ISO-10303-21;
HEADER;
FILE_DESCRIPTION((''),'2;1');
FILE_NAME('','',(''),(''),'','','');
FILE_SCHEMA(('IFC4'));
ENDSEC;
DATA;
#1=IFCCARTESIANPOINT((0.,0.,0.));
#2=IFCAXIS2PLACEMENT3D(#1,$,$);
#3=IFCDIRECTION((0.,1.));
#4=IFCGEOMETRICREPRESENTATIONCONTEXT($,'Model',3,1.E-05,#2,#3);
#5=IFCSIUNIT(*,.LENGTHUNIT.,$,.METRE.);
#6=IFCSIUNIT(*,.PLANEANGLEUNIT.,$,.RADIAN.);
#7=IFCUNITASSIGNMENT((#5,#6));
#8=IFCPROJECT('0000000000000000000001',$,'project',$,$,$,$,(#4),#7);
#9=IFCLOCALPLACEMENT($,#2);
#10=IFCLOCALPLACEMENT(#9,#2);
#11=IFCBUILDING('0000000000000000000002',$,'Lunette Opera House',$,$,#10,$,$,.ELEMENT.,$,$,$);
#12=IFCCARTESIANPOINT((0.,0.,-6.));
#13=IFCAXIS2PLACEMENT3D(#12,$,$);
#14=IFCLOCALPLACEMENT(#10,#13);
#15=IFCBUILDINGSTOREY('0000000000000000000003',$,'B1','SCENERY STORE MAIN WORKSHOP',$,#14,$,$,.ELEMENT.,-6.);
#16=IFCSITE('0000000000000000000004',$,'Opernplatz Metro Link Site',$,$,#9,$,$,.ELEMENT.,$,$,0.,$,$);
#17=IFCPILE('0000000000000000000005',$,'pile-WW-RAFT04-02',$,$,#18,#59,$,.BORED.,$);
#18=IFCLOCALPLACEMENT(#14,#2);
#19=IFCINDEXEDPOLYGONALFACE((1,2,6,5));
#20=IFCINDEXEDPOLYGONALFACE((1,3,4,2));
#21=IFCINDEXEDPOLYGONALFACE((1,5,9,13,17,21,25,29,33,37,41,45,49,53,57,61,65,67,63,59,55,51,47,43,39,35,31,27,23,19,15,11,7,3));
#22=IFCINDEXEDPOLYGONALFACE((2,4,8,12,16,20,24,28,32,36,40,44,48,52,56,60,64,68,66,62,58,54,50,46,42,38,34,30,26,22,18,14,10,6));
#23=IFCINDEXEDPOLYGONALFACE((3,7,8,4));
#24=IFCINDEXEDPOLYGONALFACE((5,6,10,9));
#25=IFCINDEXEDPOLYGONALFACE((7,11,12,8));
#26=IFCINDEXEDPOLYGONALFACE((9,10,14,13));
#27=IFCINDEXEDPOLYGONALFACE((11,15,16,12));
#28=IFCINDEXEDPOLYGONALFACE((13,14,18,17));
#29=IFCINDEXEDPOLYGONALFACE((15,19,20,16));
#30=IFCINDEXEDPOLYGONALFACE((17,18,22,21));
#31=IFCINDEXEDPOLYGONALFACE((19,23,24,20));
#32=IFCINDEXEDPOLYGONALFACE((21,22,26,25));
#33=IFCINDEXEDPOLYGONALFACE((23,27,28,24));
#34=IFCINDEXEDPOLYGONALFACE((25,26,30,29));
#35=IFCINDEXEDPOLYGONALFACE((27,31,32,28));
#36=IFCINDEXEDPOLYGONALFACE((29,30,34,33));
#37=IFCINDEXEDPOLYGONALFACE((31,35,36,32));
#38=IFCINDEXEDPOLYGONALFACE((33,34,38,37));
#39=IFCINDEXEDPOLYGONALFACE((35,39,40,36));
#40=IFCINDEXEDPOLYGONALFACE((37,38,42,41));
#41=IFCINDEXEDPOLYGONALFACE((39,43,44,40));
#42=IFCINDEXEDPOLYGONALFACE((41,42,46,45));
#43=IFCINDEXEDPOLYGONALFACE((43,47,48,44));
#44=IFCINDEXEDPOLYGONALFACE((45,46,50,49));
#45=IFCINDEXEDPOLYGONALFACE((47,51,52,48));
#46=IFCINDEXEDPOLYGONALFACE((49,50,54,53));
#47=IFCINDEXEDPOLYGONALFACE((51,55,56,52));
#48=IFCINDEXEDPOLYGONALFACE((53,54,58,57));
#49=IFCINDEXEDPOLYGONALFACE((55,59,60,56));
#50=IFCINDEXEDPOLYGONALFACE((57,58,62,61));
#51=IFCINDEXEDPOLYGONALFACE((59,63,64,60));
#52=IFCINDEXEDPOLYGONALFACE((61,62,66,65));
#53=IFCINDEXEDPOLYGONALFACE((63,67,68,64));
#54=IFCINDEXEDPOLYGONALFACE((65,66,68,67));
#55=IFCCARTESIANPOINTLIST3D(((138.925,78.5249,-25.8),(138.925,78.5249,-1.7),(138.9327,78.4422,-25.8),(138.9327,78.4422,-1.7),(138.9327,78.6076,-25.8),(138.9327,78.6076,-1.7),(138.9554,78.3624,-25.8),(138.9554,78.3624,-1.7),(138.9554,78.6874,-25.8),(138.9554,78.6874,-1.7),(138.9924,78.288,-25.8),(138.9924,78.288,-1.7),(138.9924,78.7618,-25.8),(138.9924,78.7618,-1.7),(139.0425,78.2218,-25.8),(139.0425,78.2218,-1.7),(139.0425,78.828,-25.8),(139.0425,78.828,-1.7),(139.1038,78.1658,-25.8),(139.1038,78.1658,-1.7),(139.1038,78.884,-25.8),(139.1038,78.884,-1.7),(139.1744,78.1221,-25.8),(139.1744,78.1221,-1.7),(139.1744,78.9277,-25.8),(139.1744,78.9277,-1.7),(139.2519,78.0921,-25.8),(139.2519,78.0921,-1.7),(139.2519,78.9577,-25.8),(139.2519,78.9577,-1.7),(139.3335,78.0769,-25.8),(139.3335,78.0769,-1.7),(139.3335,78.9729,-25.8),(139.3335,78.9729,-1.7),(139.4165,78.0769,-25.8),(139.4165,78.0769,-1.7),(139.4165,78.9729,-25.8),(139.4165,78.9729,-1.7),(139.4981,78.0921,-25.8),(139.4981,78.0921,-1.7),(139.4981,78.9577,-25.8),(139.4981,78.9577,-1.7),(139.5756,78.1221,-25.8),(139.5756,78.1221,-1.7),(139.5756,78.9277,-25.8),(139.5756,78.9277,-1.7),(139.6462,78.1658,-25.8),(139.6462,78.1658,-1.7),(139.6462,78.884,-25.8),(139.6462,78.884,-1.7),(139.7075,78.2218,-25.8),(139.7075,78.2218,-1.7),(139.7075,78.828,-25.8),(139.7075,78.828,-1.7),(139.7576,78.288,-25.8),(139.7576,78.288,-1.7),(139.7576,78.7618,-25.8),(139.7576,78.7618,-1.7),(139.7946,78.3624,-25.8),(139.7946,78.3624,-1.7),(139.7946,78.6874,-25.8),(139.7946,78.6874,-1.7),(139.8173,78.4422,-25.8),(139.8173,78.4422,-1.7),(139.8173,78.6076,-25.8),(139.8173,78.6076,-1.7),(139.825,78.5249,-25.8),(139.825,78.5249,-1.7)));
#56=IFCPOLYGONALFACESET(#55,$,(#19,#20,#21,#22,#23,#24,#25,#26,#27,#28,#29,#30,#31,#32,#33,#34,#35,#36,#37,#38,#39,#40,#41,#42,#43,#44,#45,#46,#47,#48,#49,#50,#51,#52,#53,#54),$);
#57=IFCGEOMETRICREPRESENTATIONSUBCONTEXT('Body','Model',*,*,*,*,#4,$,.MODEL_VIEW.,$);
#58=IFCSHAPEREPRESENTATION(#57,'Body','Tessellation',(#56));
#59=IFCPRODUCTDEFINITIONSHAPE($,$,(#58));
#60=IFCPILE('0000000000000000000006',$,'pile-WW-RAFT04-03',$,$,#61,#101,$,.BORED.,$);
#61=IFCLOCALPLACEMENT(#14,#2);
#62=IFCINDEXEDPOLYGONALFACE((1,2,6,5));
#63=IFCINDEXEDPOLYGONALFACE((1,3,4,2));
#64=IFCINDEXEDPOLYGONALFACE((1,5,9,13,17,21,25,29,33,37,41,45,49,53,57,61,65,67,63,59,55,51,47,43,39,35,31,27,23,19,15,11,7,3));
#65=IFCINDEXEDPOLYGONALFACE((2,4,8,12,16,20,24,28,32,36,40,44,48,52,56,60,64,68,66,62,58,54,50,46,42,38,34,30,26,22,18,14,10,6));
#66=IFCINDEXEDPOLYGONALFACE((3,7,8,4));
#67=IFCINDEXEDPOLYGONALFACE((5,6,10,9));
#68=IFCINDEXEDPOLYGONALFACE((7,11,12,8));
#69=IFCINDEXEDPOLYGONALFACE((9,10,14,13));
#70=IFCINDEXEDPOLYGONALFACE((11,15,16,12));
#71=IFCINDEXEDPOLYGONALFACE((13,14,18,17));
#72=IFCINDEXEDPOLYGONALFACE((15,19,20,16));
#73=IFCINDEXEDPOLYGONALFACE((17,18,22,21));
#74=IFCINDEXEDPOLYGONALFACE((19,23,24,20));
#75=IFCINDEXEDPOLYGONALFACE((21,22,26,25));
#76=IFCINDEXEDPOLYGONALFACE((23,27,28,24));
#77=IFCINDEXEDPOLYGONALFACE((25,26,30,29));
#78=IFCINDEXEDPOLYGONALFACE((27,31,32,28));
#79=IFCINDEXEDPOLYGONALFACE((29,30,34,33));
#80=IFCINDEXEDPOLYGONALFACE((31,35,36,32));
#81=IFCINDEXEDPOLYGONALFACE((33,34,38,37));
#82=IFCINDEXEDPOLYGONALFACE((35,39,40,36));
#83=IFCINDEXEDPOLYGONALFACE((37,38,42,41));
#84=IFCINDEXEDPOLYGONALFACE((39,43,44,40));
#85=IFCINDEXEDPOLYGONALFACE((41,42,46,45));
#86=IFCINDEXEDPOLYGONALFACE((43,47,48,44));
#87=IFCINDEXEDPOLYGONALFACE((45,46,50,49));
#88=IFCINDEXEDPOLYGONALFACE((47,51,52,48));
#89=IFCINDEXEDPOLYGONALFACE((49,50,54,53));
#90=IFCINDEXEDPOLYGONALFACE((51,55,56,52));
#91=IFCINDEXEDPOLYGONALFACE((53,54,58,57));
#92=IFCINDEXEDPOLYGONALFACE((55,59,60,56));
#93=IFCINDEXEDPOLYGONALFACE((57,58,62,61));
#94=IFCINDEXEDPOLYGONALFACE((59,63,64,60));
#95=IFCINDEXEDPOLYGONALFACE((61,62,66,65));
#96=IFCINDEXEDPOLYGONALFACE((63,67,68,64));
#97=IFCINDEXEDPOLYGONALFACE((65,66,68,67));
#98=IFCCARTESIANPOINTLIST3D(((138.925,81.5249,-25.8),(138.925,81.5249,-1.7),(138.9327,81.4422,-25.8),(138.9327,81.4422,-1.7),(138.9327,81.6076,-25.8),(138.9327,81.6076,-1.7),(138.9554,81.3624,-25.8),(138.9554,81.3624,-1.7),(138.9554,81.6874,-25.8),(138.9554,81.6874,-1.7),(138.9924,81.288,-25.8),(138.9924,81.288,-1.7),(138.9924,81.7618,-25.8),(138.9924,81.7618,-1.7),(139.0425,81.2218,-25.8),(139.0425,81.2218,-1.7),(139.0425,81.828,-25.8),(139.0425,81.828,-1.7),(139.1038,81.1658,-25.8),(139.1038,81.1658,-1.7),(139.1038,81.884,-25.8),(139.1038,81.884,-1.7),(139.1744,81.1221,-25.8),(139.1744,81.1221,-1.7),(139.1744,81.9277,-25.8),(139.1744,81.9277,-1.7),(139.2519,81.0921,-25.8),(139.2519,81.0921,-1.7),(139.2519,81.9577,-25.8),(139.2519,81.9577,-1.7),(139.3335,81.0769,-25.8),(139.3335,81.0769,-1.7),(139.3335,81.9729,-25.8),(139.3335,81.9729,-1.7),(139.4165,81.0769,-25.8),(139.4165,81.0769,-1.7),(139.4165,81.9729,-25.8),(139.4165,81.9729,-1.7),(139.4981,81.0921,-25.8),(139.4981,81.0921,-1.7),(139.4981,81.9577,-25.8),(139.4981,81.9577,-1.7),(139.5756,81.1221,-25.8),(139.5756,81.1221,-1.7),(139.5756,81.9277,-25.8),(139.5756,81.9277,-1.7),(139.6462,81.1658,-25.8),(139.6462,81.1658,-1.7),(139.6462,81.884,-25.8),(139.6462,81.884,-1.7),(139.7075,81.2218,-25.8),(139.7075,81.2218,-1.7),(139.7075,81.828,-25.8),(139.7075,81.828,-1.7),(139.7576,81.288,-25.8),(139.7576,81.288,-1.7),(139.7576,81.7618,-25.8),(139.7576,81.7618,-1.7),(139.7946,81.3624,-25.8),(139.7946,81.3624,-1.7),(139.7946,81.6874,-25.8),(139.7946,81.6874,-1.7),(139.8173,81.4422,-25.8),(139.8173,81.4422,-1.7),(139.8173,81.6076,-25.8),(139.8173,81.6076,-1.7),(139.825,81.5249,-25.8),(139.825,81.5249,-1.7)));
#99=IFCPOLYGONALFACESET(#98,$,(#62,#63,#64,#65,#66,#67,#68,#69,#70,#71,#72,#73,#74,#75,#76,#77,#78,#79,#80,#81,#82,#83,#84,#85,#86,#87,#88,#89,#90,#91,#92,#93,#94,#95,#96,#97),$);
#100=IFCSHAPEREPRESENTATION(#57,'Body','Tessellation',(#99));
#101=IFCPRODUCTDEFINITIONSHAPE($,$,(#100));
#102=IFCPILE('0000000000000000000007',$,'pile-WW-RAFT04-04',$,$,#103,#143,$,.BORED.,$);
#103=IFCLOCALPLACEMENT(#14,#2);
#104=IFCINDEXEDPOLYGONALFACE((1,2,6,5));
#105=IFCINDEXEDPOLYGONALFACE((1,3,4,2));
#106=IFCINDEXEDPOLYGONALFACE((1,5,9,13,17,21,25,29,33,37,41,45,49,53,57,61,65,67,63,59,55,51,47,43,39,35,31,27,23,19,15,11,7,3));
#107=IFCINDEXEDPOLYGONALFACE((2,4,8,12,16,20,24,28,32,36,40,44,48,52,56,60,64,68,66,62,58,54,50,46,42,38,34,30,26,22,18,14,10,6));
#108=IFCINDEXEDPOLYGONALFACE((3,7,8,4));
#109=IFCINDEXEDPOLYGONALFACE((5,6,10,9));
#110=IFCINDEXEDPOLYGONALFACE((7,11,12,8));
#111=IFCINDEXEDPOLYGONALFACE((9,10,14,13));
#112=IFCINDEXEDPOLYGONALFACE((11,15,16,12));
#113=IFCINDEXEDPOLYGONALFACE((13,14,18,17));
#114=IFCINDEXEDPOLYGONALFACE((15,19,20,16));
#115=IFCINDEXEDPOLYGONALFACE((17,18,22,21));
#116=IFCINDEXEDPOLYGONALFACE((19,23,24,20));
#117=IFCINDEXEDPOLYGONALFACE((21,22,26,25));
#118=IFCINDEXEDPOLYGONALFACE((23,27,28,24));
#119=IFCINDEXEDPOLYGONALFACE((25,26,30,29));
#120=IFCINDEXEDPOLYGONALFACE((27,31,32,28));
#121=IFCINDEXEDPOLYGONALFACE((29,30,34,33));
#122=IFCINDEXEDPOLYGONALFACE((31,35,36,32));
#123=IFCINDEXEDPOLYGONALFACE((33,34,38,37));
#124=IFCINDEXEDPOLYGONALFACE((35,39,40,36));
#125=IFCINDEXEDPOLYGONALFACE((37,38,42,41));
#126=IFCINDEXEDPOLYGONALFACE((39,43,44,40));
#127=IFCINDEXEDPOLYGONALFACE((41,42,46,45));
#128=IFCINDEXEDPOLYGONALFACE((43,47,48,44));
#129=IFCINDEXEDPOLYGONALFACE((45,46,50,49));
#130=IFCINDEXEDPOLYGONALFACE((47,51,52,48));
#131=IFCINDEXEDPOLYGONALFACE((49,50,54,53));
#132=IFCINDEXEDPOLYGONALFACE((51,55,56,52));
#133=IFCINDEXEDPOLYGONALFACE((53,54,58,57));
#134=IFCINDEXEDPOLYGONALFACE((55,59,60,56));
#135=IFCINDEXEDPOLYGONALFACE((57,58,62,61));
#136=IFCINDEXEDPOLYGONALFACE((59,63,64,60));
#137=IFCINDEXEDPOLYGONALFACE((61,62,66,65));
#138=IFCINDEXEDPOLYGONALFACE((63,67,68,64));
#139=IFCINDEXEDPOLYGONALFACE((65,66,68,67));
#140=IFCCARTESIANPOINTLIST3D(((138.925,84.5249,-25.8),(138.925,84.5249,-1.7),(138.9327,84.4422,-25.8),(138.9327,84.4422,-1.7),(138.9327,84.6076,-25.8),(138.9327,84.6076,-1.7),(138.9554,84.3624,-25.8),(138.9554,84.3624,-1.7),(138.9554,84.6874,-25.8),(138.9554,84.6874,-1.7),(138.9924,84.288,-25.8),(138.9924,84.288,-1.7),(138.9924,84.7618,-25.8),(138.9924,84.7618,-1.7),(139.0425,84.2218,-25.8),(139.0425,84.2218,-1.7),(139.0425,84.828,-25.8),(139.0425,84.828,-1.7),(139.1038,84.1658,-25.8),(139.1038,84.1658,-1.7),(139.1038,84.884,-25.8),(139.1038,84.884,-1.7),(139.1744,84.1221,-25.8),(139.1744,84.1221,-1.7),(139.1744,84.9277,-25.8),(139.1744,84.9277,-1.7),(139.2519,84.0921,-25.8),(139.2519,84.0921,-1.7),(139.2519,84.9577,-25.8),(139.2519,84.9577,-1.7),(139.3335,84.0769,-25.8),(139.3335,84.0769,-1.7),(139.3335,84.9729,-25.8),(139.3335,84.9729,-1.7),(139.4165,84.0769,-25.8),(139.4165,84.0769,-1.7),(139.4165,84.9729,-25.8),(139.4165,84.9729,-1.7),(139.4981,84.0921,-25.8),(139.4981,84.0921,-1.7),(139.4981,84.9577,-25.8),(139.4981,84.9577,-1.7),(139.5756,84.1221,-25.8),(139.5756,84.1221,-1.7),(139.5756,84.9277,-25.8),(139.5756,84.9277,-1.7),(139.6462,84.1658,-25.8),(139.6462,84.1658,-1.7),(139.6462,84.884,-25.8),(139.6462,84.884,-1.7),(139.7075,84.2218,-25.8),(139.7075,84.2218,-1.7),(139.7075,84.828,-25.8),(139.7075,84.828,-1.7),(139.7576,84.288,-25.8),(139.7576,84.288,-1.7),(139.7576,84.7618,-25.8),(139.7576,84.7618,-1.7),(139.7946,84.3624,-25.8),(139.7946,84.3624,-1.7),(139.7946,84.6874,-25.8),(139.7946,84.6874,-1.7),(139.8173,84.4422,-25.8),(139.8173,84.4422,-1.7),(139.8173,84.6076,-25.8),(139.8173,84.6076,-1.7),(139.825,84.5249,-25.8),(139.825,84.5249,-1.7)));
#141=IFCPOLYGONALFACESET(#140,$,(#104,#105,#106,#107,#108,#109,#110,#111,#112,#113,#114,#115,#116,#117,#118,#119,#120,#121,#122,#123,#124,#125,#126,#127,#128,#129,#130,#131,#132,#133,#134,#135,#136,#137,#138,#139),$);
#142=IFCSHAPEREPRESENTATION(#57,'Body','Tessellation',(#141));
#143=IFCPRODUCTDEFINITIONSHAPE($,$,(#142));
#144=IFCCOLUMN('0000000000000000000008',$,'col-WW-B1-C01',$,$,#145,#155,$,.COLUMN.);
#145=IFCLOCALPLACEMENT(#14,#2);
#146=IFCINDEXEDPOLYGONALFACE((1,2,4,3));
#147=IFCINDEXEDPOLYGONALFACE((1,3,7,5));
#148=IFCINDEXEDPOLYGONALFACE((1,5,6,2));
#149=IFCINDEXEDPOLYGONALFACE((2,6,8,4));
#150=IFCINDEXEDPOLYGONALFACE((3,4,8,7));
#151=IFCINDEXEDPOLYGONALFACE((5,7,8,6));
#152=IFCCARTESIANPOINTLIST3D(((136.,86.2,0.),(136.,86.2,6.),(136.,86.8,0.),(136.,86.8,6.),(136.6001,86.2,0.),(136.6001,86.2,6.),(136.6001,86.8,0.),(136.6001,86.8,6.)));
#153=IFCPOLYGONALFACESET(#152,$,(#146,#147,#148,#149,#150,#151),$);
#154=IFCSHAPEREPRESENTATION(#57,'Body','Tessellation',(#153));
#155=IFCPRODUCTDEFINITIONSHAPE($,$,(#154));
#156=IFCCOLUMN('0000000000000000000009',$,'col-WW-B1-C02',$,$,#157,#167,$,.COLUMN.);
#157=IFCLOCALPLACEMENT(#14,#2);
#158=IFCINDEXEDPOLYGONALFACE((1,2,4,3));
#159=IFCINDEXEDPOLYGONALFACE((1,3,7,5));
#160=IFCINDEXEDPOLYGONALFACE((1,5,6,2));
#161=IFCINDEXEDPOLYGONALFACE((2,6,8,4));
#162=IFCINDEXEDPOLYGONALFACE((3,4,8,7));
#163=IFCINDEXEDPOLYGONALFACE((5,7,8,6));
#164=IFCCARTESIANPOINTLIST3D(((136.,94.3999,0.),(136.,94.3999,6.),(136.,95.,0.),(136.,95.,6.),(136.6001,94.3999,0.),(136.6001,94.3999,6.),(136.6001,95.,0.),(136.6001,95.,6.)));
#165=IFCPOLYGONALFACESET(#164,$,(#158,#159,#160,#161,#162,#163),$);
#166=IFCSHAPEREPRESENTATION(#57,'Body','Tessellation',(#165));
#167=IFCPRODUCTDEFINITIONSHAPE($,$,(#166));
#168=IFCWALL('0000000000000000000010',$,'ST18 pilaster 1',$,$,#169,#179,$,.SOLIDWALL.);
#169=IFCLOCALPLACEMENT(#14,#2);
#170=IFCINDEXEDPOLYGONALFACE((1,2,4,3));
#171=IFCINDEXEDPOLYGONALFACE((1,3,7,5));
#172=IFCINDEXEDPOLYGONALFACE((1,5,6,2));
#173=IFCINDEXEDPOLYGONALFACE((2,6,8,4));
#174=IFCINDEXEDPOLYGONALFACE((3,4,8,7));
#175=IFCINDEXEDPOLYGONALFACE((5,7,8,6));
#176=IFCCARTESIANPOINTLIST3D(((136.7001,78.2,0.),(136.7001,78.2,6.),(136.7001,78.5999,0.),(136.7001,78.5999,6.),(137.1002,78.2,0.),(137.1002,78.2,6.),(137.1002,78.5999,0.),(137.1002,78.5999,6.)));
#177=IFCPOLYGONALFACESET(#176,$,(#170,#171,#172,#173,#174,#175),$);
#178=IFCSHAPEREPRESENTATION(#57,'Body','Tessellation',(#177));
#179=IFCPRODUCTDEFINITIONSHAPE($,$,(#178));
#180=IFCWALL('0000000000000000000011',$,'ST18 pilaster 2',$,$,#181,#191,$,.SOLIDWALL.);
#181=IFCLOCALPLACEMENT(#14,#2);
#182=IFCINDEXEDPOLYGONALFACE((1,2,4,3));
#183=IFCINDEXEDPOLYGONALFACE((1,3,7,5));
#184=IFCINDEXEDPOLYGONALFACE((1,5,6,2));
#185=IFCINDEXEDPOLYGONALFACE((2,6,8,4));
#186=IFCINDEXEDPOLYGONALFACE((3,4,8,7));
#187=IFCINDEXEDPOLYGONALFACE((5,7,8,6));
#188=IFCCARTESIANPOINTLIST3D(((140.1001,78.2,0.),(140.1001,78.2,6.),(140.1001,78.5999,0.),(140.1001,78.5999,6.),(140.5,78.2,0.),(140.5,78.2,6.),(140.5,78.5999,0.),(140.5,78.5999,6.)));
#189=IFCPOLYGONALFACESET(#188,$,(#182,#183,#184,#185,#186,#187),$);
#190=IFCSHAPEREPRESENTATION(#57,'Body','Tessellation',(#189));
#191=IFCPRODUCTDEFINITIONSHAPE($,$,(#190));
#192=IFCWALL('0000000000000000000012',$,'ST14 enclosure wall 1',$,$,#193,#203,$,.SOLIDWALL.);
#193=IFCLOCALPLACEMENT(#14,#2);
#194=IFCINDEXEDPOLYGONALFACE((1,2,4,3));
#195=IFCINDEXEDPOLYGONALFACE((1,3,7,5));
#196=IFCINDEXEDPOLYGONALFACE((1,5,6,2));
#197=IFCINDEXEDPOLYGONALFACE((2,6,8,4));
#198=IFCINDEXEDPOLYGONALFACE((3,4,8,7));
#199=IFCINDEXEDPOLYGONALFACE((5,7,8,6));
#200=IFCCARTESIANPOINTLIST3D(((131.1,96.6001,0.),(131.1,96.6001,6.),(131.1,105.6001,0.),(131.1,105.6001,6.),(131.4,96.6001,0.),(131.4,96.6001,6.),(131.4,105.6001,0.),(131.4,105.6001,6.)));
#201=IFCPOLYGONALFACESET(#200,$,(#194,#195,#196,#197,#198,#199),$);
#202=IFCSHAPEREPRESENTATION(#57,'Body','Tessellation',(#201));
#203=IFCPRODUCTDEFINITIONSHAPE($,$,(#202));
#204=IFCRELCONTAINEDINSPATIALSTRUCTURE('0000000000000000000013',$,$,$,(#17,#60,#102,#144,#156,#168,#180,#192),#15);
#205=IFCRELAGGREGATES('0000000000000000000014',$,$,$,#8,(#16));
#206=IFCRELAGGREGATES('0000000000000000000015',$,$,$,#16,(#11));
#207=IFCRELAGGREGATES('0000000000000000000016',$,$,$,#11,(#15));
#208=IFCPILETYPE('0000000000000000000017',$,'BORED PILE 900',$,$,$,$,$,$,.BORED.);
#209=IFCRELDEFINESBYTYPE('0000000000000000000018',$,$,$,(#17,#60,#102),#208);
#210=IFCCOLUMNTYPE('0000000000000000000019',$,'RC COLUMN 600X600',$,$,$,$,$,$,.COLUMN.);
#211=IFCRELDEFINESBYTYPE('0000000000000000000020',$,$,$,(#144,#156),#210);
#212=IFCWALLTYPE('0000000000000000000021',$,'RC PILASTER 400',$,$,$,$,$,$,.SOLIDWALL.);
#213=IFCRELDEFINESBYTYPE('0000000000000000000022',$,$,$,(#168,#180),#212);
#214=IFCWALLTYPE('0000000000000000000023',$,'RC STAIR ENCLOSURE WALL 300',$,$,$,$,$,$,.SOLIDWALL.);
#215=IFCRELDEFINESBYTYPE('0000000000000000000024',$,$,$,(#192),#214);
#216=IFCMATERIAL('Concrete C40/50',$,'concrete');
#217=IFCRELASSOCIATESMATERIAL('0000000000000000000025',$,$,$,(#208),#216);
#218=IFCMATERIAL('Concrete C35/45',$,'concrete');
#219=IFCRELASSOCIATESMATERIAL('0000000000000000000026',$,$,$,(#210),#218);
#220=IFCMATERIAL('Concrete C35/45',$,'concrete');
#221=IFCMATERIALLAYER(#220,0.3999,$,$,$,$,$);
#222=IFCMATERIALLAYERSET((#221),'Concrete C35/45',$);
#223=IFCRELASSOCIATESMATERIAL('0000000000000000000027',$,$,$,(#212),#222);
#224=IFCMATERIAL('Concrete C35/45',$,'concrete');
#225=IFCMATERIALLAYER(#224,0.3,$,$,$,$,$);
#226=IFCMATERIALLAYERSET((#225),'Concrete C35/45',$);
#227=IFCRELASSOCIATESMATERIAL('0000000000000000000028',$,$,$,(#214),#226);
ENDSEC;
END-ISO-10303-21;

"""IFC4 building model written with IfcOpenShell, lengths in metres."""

from ifc_helpers import new_model, si_unit, direction, frame, frame_2d, origin, origin_2d, place, context, subcontext, project, spatial, rectangle, circle, extrude, material, layer, layer_set, material_profile, profile_set, type_object, element, save


model = new_model("IFC4")

# Units and contexts
model_context = context("Model", 3, precision=1e-05, world=origin(), true_north=direction((0.0, 1.0)))
body_context = subcontext(model_context, "Body", "Model", "MODEL_VIEW")
ifc_project = project(units=[si_unit("LENGTHUNIT", "METRE"), si_unit("PLANEANGLEUNIT", "RADIAN")], contexts=[model_context])

# Site, building, storey
site_placement = place(None, origin())
site = spatial("IfcSite", under=ifc_project, at=site_placement, Name="Opernplatz Metro Link Site", CompositionType="ELEMENT", RefElevation=0.0)
building_placement = place(site_placement, origin())
building = spatial("IfcBuilding", under=site, at=building_placement, Name="Lunette Opera House", CompositionType="ELEMENT")
storey_placement = place(building_placement, frame((0.0, 0.0, -6.0)))
storey = spatial("IfcBuildingStorey", under=building, at=storey_placement, Name="B1", Description="SCENERY STORE MAIN WORKSHOP", CompositionType="ELEMENT", Elevation=-6.0)

# Piles
ifc_material_1 = material(Name="Concrete C40/50", Category="concrete")
ifc_material_profile_1 = material_profile(ifc_material_1, circle(Radius=0.45, at=origin_2d()), Name="BORED PILE 900")
ifc_profile_set_1 = profile_set([ifc_material_profile_1], Name="Concrete C40/50")
pile_type_1 = type_object("IfcPileType", Name="BORED PILE 900", PredefinedType="BORED", material=ifc_profile_set_1)
for number, where, z_axis, x_axis, name in (
    (1, (139.375, 78.5249, -1.7), (0.0, 0.0, -1.0), (1.0, 0.0, 0.0), "pile-WW-RAFT04-02"),
    (2, (139.375, 81.5249, -1.7), (0.0, 0.0, -1.0), (1.0, 0.0, 0.0), "pile-WW-RAFT04-03"),
    (3, (139.375, 84.5249, -1.7), (0.0, 0.0, -1.0), (1.0, 0.0, 0.0), "pile-WW-RAFT04-04"),
):
    element("IfcPile", number, at=place(storey_placement, frame(where, z_axis=z_axis, x_axis=x_axis)), inside=storey, type_object=pile_type_1, Name=name, PredefinedType="BORED", context=body_context, shape_type="SweptSolid", body=[
        extrude(circle(Radius=0.45, at=origin_2d()), origin(), (0.0, 0.0, 1.0), 24.1001),
    ])

# Columns
ifc_material_2 = material(Name="Concrete C35/45", Category="concrete")
ifc_material_profile_2 = material_profile(ifc_material_2, rectangle(XDim=0.6001, YDim=0.6001, at=origin_2d()), Name="RC COLUMN 600X600")
ifc_profile_set_2 = profile_set([ifc_material_profile_2], Name="Concrete C35/45")
column_type = type_object("IfcColumnType", Name="RC COLUMN 600X600", PredefinedType="COLUMN", material=ifc_profile_set_2)
for number, where, z_axis, x_axis, name in (
    (4, (136.3, 86.5, 0.0), (0.0, 0.0, 1.0), (1.0, 0.0, 0.0), "col-WW-B1-C01"),
    (5, (136.3, 94.7, 0.0), (0.0, 0.0, 1.0), (1.0, 0.0, 0.0), "col-WW-B1-C02"),
):
    element("IfcColumn", number, at=place(storey_placement, frame(where, z_axis=z_axis, x_axis=x_axis)), inside=storey, type_object=column_type, Name=name, PredefinedType="COLUMN", context=body_context, shape_type="SweptSolid", body=[
        extrude(rectangle(XDim=0.6001, YDim=0.6001, at=origin_2d()), origin(), (0.0, 0.0, 1.0), 6.0),
    ])

# Walls
ifc_material_3 = material(Name="Concrete C35/45", Category="concrete")
ifc_layer_1 = layer(ifc_material_3, 0.3999)
ifc_layer_set_1 = layer_set([ifc_layer_1], Name="Concrete C35/45")
wall_type_1 = type_object("IfcWallType", Name="RC PILASTER 400", PredefinedType="SOLIDWALL", material=ifc_layer_set_1)
wall_1_placement = place(storey_placement, frame((136.7, 78.3999, 0.0), z_axis=(0.0, 0.0, 1.0), x_axis=(1.0, 0.0, 0.0)))
element("IfcWall", 6, at=wall_1_placement, inside=storey, type_object=wall_type_1, Name="ST18 pilaster 1", PredefinedType="SOLIDWALL", context=body_context, shape_type="SweptSolid", body=[
    extrude(rectangle(XDim=0.4001, YDim=0.3999, at=frame_2d((0.2002, 0.0))), origin(), (0.0, 0.0, 1.0), 6.0),
])
wall_2_placement = place(storey_placement, frame((140.1001, 78.3999, 0.0), z_axis=(0.0, 0.0, 1.0), x_axis=(1.0, 0.0, 0.0)))
element("IfcWall", 7, at=wall_2_placement, inside=storey, type_object=wall_type_1, Name="ST18 pilaster 2", PredefinedType="SOLIDWALL", context=body_context, shape_type="SweptSolid", body=[
    extrude(rectangle(XDim=0.3999, YDim=0.3999, at=frame_2d((0.2, 0.0))), origin(), (0.0, 0.0, 1.0), 6.0),
])
ifc_material_4 = material(Name="Concrete C35/45", Category="concrete")
ifc_layer_2 = layer(ifc_material_4, 0.3)
ifc_layer_set_2 = layer_set([ifc_layer_2], Name="Concrete C35/45")
wall_type_2 = type_object("IfcWallType", Name="RC STAIR ENCLOSURE WALL 300", PredefinedType="SOLIDWALL", material=ifc_layer_set_2)
wall_3_placement = place(storey_placement, frame((131.25, 96.6001, 0.0), z_axis=(0.0, 0.0, 1.0), x_axis=(0.0, 1.0, 0.0)))
element("IfcWall", 8, at=wall_3_placement, inside=storey, type_object=wall_type_2, Name="ST14 enclosure wall 1", PredefinedType="SOLIDWALL", context=body_context, shape_type="SweptSolid", body=[
    extrude(rectangle(XDim=9.0, YDim=0.3, at=frame_2d((4.5, 0.0))), origin(), (0.0, 0.0, 1.0), 6.0),
])

save(model, "model.ifc")
